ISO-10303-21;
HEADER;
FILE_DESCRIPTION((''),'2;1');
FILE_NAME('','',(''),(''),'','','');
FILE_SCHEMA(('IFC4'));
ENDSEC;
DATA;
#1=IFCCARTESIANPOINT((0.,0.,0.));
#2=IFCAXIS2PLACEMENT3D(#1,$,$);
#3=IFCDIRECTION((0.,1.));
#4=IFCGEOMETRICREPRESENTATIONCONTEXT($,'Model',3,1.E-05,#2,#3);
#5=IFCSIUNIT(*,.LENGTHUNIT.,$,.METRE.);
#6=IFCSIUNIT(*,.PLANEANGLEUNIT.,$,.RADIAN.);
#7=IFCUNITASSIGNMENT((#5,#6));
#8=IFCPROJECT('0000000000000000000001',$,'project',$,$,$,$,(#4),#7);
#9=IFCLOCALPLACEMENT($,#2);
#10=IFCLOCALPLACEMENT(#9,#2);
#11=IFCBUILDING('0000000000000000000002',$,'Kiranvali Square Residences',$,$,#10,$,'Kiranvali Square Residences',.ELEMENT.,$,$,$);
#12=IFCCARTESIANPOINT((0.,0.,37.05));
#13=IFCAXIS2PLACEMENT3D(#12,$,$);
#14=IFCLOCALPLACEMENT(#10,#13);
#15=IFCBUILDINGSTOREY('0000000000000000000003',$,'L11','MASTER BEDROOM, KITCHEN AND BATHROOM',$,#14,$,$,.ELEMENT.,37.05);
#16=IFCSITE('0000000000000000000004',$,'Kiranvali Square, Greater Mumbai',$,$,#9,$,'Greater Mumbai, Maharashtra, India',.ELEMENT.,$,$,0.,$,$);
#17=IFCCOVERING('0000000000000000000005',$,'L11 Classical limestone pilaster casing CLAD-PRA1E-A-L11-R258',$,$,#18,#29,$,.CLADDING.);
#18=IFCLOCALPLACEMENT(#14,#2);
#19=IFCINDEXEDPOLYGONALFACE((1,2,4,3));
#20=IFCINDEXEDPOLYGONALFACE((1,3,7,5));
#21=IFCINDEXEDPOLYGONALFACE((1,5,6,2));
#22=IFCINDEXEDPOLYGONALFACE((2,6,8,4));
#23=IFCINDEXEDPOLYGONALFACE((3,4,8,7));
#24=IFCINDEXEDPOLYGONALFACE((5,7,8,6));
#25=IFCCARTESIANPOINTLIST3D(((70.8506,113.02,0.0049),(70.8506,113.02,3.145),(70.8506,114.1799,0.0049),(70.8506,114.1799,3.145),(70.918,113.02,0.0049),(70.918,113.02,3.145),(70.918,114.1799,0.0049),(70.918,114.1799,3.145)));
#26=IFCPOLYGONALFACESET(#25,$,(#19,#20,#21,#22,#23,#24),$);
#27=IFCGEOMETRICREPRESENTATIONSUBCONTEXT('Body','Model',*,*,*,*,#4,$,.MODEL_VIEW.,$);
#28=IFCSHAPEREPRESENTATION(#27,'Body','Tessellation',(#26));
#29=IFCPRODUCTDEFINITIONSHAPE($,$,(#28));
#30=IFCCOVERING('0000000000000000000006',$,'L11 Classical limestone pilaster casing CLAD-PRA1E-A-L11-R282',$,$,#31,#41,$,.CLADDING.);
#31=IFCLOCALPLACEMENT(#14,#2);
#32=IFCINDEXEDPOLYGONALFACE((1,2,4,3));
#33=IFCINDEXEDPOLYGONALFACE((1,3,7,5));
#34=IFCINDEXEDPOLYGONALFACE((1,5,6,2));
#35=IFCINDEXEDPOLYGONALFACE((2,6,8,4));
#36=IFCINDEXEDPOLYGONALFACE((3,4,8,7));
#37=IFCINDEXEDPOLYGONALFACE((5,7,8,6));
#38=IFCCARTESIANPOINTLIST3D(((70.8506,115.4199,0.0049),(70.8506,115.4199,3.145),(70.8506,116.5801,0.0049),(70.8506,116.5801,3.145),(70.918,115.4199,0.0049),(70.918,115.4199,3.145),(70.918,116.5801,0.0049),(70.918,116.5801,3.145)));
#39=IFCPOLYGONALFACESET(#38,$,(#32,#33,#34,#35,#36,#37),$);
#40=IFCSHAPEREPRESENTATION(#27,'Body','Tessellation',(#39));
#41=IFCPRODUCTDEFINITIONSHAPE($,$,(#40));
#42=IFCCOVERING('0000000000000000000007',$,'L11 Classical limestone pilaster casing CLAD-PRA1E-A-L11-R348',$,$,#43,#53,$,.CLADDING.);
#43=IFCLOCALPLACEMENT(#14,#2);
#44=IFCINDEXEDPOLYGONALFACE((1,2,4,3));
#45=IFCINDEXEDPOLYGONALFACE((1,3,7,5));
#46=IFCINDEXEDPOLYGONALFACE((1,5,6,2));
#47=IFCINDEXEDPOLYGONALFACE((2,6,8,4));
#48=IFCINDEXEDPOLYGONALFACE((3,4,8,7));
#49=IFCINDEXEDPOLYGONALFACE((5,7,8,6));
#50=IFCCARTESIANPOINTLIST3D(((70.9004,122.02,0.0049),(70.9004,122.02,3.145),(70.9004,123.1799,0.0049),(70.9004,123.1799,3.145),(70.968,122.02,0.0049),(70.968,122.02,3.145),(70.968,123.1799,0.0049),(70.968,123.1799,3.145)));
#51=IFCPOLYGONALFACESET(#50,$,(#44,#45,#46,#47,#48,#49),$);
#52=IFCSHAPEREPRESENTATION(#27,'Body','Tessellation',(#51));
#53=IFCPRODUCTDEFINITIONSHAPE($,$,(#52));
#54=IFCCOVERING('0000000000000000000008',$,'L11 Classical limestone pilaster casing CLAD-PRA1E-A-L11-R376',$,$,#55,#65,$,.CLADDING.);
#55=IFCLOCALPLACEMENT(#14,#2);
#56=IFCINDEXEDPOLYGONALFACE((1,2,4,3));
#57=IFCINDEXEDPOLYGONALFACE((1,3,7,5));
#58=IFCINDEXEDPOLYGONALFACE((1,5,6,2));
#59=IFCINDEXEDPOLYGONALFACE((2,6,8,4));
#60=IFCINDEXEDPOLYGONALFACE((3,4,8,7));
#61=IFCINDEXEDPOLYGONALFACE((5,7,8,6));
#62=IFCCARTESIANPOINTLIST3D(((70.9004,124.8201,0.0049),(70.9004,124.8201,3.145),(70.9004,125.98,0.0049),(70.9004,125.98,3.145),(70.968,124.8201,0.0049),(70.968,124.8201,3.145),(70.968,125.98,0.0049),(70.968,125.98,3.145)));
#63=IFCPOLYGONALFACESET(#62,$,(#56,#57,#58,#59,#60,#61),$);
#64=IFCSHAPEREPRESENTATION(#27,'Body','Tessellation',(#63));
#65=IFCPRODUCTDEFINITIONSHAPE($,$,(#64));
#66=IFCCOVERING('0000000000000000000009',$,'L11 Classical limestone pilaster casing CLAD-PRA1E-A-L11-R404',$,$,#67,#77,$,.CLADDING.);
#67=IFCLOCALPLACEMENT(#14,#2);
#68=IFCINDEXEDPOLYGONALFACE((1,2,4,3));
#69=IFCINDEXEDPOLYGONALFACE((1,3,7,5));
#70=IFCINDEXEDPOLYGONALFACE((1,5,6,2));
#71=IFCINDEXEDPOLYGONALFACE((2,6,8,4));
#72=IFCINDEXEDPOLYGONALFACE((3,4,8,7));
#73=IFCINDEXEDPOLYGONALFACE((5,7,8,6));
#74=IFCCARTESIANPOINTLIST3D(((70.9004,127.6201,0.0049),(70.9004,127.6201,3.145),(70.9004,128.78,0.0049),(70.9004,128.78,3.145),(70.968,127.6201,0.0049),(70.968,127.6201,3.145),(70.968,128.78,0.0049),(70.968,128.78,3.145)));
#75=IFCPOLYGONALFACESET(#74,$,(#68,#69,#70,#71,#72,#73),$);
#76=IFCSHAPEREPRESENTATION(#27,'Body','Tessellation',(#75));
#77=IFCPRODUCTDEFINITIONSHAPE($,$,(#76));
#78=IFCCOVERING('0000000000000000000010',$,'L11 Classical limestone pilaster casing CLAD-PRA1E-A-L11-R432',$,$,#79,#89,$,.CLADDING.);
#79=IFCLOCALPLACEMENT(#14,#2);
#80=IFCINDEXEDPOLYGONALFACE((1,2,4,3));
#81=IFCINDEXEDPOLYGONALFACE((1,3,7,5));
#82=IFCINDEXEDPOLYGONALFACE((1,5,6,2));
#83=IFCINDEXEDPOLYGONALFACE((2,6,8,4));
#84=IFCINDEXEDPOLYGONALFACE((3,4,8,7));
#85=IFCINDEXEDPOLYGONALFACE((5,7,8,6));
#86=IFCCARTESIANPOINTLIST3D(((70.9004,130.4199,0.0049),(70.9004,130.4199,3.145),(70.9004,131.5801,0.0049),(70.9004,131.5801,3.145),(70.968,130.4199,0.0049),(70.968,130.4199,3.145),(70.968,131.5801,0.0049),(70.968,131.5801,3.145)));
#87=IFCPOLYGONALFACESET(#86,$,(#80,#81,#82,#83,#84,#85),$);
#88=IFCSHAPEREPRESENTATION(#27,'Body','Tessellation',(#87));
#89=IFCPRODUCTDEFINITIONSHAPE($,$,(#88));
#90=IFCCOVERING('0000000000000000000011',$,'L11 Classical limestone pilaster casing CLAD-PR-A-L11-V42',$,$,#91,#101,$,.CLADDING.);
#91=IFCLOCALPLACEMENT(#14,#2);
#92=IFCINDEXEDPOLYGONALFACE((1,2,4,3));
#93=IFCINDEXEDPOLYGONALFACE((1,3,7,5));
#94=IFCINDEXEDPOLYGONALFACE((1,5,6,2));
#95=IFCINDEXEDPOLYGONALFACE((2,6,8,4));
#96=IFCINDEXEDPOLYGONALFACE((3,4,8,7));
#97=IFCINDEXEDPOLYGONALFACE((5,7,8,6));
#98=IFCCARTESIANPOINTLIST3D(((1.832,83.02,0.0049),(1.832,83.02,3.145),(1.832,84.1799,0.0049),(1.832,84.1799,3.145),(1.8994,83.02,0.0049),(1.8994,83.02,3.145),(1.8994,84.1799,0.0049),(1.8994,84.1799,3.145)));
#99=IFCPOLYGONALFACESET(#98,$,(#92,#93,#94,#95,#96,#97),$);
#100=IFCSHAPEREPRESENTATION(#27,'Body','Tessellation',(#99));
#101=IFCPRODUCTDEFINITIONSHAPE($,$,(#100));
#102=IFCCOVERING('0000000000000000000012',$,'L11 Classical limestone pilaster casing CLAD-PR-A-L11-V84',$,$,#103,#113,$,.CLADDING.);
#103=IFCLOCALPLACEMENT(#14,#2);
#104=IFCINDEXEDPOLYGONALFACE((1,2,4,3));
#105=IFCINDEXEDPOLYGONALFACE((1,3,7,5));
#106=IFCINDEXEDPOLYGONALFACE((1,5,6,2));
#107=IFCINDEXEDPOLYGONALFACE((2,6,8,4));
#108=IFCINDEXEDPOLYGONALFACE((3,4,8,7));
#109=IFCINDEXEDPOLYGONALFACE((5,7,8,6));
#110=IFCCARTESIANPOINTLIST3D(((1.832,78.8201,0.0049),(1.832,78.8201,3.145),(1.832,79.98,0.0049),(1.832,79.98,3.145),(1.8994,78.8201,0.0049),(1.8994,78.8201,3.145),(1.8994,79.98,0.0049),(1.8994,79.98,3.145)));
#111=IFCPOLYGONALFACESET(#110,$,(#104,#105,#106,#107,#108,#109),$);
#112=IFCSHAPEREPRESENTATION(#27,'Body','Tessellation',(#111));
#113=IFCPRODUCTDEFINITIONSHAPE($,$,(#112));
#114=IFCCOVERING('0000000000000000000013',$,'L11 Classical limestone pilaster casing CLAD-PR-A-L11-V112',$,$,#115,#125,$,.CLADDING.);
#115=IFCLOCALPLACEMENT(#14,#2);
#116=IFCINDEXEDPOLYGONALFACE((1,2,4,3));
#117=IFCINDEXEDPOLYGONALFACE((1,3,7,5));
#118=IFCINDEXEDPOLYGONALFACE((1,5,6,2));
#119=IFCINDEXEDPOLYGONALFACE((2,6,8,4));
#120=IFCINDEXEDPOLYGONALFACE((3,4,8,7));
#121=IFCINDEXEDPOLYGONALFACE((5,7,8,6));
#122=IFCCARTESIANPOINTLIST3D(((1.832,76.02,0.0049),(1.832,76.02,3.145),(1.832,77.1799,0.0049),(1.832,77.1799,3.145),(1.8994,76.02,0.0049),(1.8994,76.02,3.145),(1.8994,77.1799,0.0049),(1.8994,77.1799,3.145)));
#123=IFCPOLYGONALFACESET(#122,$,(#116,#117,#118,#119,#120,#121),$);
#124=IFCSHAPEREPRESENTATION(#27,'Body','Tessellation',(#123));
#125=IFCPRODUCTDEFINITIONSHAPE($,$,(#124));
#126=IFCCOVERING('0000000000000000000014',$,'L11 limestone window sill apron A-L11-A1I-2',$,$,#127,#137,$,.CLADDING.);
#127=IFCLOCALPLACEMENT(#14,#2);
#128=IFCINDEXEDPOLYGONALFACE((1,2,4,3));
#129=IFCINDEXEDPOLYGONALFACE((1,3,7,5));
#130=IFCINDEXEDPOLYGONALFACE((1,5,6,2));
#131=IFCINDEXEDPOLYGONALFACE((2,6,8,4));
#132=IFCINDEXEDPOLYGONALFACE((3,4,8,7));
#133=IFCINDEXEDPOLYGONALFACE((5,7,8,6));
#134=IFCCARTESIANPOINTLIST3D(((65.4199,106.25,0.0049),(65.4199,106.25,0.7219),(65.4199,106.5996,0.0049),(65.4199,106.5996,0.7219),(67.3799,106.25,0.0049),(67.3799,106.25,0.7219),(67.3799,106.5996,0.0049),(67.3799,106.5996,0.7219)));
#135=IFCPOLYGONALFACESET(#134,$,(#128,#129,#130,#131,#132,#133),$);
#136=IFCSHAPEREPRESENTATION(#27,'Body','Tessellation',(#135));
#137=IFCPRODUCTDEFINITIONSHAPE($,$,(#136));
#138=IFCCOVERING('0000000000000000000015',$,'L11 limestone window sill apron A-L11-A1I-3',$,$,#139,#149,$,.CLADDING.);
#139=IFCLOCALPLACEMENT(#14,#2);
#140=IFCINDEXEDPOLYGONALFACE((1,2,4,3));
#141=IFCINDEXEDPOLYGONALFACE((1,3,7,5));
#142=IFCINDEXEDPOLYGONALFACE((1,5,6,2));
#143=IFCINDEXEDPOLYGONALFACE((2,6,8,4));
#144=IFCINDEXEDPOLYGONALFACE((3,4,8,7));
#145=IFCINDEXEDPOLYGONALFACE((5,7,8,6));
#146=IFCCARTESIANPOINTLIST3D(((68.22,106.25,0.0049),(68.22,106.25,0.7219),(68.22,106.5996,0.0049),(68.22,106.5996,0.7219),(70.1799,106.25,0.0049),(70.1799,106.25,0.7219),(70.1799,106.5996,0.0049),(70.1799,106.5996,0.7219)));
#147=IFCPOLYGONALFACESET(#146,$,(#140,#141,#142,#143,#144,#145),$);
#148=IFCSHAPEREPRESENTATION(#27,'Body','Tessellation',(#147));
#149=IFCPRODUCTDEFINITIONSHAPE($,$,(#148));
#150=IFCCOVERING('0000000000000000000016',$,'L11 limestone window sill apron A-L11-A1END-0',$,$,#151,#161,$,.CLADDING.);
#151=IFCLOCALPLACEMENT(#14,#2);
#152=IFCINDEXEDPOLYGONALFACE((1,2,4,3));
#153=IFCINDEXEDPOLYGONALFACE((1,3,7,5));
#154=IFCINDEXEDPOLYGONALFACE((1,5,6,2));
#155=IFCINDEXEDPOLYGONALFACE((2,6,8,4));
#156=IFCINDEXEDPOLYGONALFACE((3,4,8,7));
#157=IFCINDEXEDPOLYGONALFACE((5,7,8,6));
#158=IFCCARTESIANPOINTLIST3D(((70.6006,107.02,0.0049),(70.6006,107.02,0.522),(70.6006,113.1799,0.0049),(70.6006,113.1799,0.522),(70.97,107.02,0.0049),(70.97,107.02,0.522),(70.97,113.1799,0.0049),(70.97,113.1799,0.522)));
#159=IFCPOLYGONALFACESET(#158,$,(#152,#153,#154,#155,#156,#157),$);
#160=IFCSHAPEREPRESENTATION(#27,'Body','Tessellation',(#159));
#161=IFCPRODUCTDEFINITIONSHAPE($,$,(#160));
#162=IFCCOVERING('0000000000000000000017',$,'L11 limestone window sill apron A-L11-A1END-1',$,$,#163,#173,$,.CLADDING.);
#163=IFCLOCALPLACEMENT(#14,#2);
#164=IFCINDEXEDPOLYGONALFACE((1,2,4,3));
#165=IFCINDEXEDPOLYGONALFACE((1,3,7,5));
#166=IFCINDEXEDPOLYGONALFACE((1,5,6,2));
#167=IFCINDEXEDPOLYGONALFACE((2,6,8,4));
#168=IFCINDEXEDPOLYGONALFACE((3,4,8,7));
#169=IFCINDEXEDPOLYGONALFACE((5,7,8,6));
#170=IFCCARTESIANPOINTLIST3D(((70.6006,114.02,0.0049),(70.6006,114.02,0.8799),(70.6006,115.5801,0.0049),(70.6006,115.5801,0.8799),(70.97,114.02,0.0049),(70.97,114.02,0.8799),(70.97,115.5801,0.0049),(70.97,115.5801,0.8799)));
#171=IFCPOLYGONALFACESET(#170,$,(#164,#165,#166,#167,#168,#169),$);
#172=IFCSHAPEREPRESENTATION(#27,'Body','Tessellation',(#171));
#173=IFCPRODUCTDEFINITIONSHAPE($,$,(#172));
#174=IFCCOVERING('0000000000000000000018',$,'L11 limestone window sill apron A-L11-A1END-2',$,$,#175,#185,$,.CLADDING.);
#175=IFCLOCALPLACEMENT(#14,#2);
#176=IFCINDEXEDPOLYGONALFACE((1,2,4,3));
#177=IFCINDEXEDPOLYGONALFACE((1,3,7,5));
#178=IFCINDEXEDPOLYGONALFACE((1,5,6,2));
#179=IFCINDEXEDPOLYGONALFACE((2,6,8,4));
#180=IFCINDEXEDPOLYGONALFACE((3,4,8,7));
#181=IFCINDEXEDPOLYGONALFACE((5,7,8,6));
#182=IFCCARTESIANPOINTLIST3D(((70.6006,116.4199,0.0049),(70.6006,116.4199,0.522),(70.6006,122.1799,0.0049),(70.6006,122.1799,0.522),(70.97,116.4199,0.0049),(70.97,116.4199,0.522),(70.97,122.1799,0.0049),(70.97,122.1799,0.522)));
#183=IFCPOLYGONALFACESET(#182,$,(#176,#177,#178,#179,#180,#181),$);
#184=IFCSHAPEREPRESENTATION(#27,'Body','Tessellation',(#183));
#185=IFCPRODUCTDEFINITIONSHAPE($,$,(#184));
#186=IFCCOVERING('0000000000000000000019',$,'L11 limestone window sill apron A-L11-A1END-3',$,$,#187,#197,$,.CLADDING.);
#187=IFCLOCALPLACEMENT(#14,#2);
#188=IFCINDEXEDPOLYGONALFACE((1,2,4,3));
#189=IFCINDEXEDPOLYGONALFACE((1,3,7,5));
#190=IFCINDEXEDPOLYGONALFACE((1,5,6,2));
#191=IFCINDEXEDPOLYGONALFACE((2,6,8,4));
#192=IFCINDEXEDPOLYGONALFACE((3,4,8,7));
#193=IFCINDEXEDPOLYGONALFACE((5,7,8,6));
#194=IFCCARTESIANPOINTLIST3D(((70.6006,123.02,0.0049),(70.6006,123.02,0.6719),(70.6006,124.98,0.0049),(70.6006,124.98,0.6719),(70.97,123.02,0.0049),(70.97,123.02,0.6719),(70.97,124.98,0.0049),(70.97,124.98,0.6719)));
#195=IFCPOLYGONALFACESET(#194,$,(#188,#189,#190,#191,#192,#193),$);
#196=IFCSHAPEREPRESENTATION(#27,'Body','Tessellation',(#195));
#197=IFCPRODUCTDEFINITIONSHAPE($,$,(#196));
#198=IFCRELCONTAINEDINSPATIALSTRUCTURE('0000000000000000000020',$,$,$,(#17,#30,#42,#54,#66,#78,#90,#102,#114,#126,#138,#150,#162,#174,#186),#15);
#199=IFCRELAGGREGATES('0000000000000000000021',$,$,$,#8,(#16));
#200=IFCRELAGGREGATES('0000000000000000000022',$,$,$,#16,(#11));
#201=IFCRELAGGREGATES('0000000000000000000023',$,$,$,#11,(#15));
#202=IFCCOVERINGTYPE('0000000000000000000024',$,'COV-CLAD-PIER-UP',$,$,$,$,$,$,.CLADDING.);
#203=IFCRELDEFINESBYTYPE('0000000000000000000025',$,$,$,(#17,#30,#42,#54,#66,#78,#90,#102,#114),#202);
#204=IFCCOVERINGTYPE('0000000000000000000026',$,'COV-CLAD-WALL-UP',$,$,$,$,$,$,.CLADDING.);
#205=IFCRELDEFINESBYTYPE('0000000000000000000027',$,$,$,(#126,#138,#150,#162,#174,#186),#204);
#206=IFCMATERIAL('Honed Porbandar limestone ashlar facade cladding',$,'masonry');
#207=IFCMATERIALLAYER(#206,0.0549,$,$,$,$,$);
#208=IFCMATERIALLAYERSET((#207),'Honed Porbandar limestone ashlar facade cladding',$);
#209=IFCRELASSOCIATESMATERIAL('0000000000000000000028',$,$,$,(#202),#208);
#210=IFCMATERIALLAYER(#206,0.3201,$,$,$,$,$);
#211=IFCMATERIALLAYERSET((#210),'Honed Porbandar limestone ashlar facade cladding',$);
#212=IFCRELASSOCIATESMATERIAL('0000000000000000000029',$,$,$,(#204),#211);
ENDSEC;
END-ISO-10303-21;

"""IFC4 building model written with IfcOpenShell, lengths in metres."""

from ifc_helpers import new_model, si_unit, direction, frame, origin, place, context, subcontext, project, spatial, polyline, outline, extrude, material, layer, layer_set, type_object, element, save


model = new_model("IFC4")

# Units and contexts
model_context = context("Model", 3, precision=1e-05, world=origin(), true_north=direction((0.0, 1.0)))
body_context = subcontext(model_context, "Body", "Model", "MODEL_VIEW")
ifc_project = project(units=[si_unit("LENGTHUNIT", "METRE"), si_unit("PLANEANGLEUNIT", "RADIAN")], contexts=[model_context])

# Site, building, storey
site_placement = place(None, origin())
site = spatial("IfcSite", under=ifc_project, at=site_placement, Name="Kiranvali Square, Greater Mumbai", LongName="Greater Mumbai, Maharashtra, India", CompositionType="ELEMENT", RefElevation=0.0)
building_placement = place(site_placement, origin())
building = spatial("IfcBuilding", under=site, at=building_placement, Name="Kiranvali Square Residences", LongName="Kiranvali Square Residences", CompositionType="ELEMENT")
storey_placement = place(building_placement, frame((0.0, 0.0, 37.05)))
storey = spatial("IfcBuildingStorey", under=building, at=storey_placement, Name="L11", Description="MASTER BEDROOM, KITCHEN AND BATHROOM", CompositionType="ELEMENT", Elevation=37.05)

# Coverings
ifc_material = material(Name="Honed Porbandar limestone ashlar facade cladding", Category="masonry")
ifc_layer_1 = layer(ifc_material, 0.0549)
ifc_layer_set_1 = layer_set([ifc_layer_1], Name="Honed Porbandar limestone ashlar facade cladding")
covering_type_1 = type_object("IfcCoveringType", Name="COV-CLAD-PIER-UP", PredefinedType="CLADDING", material=ifc_layer_set_1)
covering_1_placement = place(storey_placement, frame((0.0, 0.0, 0.0049)))
element("IfcCovering", 1, at=covering_1_placement, inside=storey, type_object=covering_type_1, Name="L11 Classical limestone pilaster casing CLAD-PRA1E-A-L11-R258", PredefinedType="CLADDING", context=body_context, shape_type="SweptSolid", body=[
    extrude(outline(polyline([(70.918, 113.02), (70.918, 114.1799), (70.8506, 114.1799), (70.8506, 113.02), (70.918, 113.02)])), origin(), (0.0, 0.0, 1.0), 3.1401),
])
covering_2_placement = place(storey_placement, frame((0.0, 0.0, 0.0049)))
element("IfcCovering", 2, at=covering_2_placement, inside=storey, type_object=covering_type_1, Name="L11 Classical limestone pilaster casing CLAD-PRA1E-A-L11-R282", PredefinedType="CLADDING", context=body_context, shape_type="SweptSolid", body=[
    extrude(outline(polyline([(70.918, 115.4199), (70.918, 116.5801), (70.8506, 116.5801), (70.8506, 115.4199), (70.918, 115.4199)])), origin(), (0.0, 0.0, 1.0), 3.1401),
])
covering_3_placement = place(storey_placement, frame((0.0, 0.0, 0.0049)))
element("IfcCovering", 3, at=covering_3_placement, inside=storey, type_object=covering_type_1, Name="L11 Classical limestone pilaster casing CLAD-PRA1E-A-L11-R348", PredefinedType="CLADDING", context=body_context, shape_type="SweptSolid", body=[
    extrude(outline(polyline([(70.968, 122.02), (70.968, 123.1799), (70.9004, 123.1799), (70.9004, 122.02), (70.968, 122.02)])), origin(), (0.0, 0.0, 1.0), 3.1401),
])
covering_4_placement = place(storey_placement, frame((0.0, 0.0, 0.0049)))
element("IfcCovering", 4, at=covering_4_placement, inside=storey, type_object=covering_type_1, Name="L11 Classical limestone pilaster casing CLAD-PRA1E-A-L11-R376", PredefinedType="CLADDING", context=body_context, shape_type="SweptSolid", body=[
    extrude(outline(polyline([(70.968, 124.8201), (70.968, 125.98), (70.9004, 125.98), (70.9004, 124.8201), (70.968, 124.8201)])), origin(), (0.0, 0.0, 1.0), 3.1401),
])
covering_5_placement = place(storey_placement, frame((0.0, 0.0, 0.0049)))
element("IfcCovering", 5, at=covering_5_placement, inside=storey, type_object=covering_type_1, Name="L11 Classical limestone pilaster casing CLAD-PRA1E-A-L11-R404", PredefinedType="CLADDING", context=body_context, shape_type="SweptSolid", body=[
    extrude(outline(polyline([(70.968, 127.6201), (70.968, 128.78), (70.9004, 128.78), (70.9004, 127.6201), (70.968, 127.6201)])), origin(), (0.0, 0.0, 1.0), 3.1401),
])
covering_6_placement = place(storey_placement, frame((0.0, 0.0, 0.0049)))
element("IfcCovering", 6, at=covering_6_placement, inside=storey, type_object=covering_type_1, Name="L11 Classical limestone pilaster casing CLAD-PRA1E-A-L11-R432", PredefinedType="CLADDING", context=body_context, shape_type="SweptSolid", body=[
    extrude(outline(polyline([(70.968, 130.4199), (70.968, 131.5801), (70.9004, 131.5801), (70.9004, 130.4199), (70.968, 130.4199)])), origin(), (0.0, 0.0, 1.0), 3.1401),
])
covering_7_placement = place(storey_placement, frame((0.0, 0.0, 0.0049)))
element("IfcCovering", 7, at=covering_7_placement, inside=storey, type_object=covering_type_1, Name="L11 Classical limestone pilaster casing CLAD-PR-A-L11-V42", PredefinedType="CLADDING", context=body_context, shape_type="SweptSolid", body=[
    extrude(outline(polyline([(1.832, 84.1799), (1.832, 83.02), (1.8994, 83.02), (1.8994, 84.1799), (1.832, 84.1799)])), origin(), (0.0, 0.0, 1.0), 3.1401),
])
covering_8_placement = place(storey_placement, frame((0.0, 0.0, 0.0049)))
element("IfcCovering", 8, at=covering_8_placement, inside=storey, type_object=covering_type_1, Name="L11 Classical limestone pilaster casing CLAD-PR-A-L11-V84", PredefinedType="CLADDING", context=body_context, shape_type="SweptSolid", body=[
    extrude(outline(polyline([(1.832, 79.98), (1.832, 78.8201), (1.8994, 78.8201), (1.8994, 79.98), (1.832, 79.98)])), origin(), (0.0, 0.0, 1.0), 3.1401),
])
covering_9_placement = place(storey_placement, frame((0.0, 0.0, 0.0049)))
element("IfcCovering", 9, at=covering_9_placement, inside=storey, type_object=covering_type_1, Name="L11 Classical limestone pilaster casing CLAD-PR-A-L11-V112", PredefinedType="CLADDING", context=body_context, shape_type="SweptSolid", body=[
    extrude(outline(polyline([(1.832, 77.1799), (1.832, 76.02), (1.8994, 76.02), (1.8994, 77.1799), (1.832, 77.1799)])), origin(), (0.0, 0.0, 1.0), 3.1401),
])
ifc_layer_2 = layer(ifc_material, 0.3201)
ifc_layer_set_2 = layer_set([ifc_layer_2], Name="Honed Porbandar limestone ashlar facade cladding")
covering_type_2 = type_object("IfcCoveringType", Name="COV-CLAD-WALL-UP", PredefinedType="CLADDING", material=ifc_layer_set_2)
covering_10_placement = place(storey_placement, frame((0.0, 0.0, 0.0049)))
element("IfcCovering", 10, at=covering_10_placement, inside=storey, type_object=covering_type_2, Name="L11 limestone window sill apron A-L11-A1I-2", PredefinedType="CLADDING", context=body_context, shape_type="SweptSolid", body=[
    extrude(outline(polyline([(65.4199, 106.25), (67.3799, 106.25), (67.3799, 106.5996), (65.4199, 106.5996), (65.4199, 106.25)])), origin(), (0.0, 0.0, 1.0), 0.717),
])
covering_11_placement = place(storey_placement, frame((0.0, 0.0, 0.0049)))
element("IfcCovering", 11, at=covering_11_placement, inside=storey, type_object=covering_type_2, Name="L11 limestone window sill apron A-L11-A1I-3", PredefinedType="CLADDING", context=body_context, shape_type="SweptSolid", body=[
    extrude(outline(polyline([(68.22, 106.25), (70.1799, 106.25), (70.1799, 106.5996), (68.22, 106.5996), (68.22, 106.25)])), origin(), (0.0, 0.0, 1.0), 0.717),
])
covering_12_placement = place(storey_placement, frame((0.0, 0.0, 0.0049)))
element("IfcCovering", 12, at=covering_12_placement, inside=storey, type_object=covering_type_2, Name="L11 limestone window sill apron A-L11-A1END-0", PredefinedType="CLADDING", context=body_context, shape_type="SweptSolid", body=[
    extrude(outline(polyline([(70.97, 107.02), (70.97, 113.1799), (70.6006, 113.1799), (70.6006, 107.02), (70.97, 107.02)])), origin(), (0.0, 0.0, 1.0), 0.5171),
])
covering_13_placement = place(storey_placement, frame((0.0, 0.0, 0.0049)))
element("IfcCovering", 13, at=covering_13_placement, inside=storey, type_object=covering_type_2, Name="L11 limestone window sill apron A-L11-A1END-1", PredefinedType="CLADDING", context=body_context, shape_type="SweptSolid", body=[
    extrude(outline(polyline([(70.97, 114.02), (70.97, 115.5801), (70.6006, 115.5801), (70.6006, 114.02), (70.97, 114.02)])), origin(), (0.0, 0.0, 1.0), 0.875),
])
covering_14_placement = place(storey_placement, frame((0.0, 0.0, 0.0049)))
element("IfcCovering", 14, at=covering_14_placement, inside=storey, type_object=covering_type_2, Name="L11 limestone window sill apron A-L11-A1END-2", PredefinedType="CLADDING", context=body_context, shape_type="SweptSolid", body=[
    extrude(outline(polyline([(70.97, 116.4199), (70.97, 122.1799), (70.6006, 122.1799), (70.6006, 116.4199), (70.97, 116.4199)])), origin(), (0.0, 0.0, 1.0), 0.5171),
])
covering_15_placement = place(storey_placement, frame((0.0, 0.0, 0.0049)))
element("IfcCovering", 15, at=covering_15_placement, inside=storey, type_object=covering_type_2, Name="L11 limestone window sill apron A-L11-A1END-3", PredefinedType="CLADDING", context=body_context, shape_type="SweptSolid", body=[
    extrude(outline(polyline([(70.97, 123.02), (70.97, 124.98), (70.6006, 124.98), (70.6006, 123.02), (70.97, 123.02)])), origin(), (0.0, 0.0, 1.0), 0.667),
])

save(model, "model.ifc")
